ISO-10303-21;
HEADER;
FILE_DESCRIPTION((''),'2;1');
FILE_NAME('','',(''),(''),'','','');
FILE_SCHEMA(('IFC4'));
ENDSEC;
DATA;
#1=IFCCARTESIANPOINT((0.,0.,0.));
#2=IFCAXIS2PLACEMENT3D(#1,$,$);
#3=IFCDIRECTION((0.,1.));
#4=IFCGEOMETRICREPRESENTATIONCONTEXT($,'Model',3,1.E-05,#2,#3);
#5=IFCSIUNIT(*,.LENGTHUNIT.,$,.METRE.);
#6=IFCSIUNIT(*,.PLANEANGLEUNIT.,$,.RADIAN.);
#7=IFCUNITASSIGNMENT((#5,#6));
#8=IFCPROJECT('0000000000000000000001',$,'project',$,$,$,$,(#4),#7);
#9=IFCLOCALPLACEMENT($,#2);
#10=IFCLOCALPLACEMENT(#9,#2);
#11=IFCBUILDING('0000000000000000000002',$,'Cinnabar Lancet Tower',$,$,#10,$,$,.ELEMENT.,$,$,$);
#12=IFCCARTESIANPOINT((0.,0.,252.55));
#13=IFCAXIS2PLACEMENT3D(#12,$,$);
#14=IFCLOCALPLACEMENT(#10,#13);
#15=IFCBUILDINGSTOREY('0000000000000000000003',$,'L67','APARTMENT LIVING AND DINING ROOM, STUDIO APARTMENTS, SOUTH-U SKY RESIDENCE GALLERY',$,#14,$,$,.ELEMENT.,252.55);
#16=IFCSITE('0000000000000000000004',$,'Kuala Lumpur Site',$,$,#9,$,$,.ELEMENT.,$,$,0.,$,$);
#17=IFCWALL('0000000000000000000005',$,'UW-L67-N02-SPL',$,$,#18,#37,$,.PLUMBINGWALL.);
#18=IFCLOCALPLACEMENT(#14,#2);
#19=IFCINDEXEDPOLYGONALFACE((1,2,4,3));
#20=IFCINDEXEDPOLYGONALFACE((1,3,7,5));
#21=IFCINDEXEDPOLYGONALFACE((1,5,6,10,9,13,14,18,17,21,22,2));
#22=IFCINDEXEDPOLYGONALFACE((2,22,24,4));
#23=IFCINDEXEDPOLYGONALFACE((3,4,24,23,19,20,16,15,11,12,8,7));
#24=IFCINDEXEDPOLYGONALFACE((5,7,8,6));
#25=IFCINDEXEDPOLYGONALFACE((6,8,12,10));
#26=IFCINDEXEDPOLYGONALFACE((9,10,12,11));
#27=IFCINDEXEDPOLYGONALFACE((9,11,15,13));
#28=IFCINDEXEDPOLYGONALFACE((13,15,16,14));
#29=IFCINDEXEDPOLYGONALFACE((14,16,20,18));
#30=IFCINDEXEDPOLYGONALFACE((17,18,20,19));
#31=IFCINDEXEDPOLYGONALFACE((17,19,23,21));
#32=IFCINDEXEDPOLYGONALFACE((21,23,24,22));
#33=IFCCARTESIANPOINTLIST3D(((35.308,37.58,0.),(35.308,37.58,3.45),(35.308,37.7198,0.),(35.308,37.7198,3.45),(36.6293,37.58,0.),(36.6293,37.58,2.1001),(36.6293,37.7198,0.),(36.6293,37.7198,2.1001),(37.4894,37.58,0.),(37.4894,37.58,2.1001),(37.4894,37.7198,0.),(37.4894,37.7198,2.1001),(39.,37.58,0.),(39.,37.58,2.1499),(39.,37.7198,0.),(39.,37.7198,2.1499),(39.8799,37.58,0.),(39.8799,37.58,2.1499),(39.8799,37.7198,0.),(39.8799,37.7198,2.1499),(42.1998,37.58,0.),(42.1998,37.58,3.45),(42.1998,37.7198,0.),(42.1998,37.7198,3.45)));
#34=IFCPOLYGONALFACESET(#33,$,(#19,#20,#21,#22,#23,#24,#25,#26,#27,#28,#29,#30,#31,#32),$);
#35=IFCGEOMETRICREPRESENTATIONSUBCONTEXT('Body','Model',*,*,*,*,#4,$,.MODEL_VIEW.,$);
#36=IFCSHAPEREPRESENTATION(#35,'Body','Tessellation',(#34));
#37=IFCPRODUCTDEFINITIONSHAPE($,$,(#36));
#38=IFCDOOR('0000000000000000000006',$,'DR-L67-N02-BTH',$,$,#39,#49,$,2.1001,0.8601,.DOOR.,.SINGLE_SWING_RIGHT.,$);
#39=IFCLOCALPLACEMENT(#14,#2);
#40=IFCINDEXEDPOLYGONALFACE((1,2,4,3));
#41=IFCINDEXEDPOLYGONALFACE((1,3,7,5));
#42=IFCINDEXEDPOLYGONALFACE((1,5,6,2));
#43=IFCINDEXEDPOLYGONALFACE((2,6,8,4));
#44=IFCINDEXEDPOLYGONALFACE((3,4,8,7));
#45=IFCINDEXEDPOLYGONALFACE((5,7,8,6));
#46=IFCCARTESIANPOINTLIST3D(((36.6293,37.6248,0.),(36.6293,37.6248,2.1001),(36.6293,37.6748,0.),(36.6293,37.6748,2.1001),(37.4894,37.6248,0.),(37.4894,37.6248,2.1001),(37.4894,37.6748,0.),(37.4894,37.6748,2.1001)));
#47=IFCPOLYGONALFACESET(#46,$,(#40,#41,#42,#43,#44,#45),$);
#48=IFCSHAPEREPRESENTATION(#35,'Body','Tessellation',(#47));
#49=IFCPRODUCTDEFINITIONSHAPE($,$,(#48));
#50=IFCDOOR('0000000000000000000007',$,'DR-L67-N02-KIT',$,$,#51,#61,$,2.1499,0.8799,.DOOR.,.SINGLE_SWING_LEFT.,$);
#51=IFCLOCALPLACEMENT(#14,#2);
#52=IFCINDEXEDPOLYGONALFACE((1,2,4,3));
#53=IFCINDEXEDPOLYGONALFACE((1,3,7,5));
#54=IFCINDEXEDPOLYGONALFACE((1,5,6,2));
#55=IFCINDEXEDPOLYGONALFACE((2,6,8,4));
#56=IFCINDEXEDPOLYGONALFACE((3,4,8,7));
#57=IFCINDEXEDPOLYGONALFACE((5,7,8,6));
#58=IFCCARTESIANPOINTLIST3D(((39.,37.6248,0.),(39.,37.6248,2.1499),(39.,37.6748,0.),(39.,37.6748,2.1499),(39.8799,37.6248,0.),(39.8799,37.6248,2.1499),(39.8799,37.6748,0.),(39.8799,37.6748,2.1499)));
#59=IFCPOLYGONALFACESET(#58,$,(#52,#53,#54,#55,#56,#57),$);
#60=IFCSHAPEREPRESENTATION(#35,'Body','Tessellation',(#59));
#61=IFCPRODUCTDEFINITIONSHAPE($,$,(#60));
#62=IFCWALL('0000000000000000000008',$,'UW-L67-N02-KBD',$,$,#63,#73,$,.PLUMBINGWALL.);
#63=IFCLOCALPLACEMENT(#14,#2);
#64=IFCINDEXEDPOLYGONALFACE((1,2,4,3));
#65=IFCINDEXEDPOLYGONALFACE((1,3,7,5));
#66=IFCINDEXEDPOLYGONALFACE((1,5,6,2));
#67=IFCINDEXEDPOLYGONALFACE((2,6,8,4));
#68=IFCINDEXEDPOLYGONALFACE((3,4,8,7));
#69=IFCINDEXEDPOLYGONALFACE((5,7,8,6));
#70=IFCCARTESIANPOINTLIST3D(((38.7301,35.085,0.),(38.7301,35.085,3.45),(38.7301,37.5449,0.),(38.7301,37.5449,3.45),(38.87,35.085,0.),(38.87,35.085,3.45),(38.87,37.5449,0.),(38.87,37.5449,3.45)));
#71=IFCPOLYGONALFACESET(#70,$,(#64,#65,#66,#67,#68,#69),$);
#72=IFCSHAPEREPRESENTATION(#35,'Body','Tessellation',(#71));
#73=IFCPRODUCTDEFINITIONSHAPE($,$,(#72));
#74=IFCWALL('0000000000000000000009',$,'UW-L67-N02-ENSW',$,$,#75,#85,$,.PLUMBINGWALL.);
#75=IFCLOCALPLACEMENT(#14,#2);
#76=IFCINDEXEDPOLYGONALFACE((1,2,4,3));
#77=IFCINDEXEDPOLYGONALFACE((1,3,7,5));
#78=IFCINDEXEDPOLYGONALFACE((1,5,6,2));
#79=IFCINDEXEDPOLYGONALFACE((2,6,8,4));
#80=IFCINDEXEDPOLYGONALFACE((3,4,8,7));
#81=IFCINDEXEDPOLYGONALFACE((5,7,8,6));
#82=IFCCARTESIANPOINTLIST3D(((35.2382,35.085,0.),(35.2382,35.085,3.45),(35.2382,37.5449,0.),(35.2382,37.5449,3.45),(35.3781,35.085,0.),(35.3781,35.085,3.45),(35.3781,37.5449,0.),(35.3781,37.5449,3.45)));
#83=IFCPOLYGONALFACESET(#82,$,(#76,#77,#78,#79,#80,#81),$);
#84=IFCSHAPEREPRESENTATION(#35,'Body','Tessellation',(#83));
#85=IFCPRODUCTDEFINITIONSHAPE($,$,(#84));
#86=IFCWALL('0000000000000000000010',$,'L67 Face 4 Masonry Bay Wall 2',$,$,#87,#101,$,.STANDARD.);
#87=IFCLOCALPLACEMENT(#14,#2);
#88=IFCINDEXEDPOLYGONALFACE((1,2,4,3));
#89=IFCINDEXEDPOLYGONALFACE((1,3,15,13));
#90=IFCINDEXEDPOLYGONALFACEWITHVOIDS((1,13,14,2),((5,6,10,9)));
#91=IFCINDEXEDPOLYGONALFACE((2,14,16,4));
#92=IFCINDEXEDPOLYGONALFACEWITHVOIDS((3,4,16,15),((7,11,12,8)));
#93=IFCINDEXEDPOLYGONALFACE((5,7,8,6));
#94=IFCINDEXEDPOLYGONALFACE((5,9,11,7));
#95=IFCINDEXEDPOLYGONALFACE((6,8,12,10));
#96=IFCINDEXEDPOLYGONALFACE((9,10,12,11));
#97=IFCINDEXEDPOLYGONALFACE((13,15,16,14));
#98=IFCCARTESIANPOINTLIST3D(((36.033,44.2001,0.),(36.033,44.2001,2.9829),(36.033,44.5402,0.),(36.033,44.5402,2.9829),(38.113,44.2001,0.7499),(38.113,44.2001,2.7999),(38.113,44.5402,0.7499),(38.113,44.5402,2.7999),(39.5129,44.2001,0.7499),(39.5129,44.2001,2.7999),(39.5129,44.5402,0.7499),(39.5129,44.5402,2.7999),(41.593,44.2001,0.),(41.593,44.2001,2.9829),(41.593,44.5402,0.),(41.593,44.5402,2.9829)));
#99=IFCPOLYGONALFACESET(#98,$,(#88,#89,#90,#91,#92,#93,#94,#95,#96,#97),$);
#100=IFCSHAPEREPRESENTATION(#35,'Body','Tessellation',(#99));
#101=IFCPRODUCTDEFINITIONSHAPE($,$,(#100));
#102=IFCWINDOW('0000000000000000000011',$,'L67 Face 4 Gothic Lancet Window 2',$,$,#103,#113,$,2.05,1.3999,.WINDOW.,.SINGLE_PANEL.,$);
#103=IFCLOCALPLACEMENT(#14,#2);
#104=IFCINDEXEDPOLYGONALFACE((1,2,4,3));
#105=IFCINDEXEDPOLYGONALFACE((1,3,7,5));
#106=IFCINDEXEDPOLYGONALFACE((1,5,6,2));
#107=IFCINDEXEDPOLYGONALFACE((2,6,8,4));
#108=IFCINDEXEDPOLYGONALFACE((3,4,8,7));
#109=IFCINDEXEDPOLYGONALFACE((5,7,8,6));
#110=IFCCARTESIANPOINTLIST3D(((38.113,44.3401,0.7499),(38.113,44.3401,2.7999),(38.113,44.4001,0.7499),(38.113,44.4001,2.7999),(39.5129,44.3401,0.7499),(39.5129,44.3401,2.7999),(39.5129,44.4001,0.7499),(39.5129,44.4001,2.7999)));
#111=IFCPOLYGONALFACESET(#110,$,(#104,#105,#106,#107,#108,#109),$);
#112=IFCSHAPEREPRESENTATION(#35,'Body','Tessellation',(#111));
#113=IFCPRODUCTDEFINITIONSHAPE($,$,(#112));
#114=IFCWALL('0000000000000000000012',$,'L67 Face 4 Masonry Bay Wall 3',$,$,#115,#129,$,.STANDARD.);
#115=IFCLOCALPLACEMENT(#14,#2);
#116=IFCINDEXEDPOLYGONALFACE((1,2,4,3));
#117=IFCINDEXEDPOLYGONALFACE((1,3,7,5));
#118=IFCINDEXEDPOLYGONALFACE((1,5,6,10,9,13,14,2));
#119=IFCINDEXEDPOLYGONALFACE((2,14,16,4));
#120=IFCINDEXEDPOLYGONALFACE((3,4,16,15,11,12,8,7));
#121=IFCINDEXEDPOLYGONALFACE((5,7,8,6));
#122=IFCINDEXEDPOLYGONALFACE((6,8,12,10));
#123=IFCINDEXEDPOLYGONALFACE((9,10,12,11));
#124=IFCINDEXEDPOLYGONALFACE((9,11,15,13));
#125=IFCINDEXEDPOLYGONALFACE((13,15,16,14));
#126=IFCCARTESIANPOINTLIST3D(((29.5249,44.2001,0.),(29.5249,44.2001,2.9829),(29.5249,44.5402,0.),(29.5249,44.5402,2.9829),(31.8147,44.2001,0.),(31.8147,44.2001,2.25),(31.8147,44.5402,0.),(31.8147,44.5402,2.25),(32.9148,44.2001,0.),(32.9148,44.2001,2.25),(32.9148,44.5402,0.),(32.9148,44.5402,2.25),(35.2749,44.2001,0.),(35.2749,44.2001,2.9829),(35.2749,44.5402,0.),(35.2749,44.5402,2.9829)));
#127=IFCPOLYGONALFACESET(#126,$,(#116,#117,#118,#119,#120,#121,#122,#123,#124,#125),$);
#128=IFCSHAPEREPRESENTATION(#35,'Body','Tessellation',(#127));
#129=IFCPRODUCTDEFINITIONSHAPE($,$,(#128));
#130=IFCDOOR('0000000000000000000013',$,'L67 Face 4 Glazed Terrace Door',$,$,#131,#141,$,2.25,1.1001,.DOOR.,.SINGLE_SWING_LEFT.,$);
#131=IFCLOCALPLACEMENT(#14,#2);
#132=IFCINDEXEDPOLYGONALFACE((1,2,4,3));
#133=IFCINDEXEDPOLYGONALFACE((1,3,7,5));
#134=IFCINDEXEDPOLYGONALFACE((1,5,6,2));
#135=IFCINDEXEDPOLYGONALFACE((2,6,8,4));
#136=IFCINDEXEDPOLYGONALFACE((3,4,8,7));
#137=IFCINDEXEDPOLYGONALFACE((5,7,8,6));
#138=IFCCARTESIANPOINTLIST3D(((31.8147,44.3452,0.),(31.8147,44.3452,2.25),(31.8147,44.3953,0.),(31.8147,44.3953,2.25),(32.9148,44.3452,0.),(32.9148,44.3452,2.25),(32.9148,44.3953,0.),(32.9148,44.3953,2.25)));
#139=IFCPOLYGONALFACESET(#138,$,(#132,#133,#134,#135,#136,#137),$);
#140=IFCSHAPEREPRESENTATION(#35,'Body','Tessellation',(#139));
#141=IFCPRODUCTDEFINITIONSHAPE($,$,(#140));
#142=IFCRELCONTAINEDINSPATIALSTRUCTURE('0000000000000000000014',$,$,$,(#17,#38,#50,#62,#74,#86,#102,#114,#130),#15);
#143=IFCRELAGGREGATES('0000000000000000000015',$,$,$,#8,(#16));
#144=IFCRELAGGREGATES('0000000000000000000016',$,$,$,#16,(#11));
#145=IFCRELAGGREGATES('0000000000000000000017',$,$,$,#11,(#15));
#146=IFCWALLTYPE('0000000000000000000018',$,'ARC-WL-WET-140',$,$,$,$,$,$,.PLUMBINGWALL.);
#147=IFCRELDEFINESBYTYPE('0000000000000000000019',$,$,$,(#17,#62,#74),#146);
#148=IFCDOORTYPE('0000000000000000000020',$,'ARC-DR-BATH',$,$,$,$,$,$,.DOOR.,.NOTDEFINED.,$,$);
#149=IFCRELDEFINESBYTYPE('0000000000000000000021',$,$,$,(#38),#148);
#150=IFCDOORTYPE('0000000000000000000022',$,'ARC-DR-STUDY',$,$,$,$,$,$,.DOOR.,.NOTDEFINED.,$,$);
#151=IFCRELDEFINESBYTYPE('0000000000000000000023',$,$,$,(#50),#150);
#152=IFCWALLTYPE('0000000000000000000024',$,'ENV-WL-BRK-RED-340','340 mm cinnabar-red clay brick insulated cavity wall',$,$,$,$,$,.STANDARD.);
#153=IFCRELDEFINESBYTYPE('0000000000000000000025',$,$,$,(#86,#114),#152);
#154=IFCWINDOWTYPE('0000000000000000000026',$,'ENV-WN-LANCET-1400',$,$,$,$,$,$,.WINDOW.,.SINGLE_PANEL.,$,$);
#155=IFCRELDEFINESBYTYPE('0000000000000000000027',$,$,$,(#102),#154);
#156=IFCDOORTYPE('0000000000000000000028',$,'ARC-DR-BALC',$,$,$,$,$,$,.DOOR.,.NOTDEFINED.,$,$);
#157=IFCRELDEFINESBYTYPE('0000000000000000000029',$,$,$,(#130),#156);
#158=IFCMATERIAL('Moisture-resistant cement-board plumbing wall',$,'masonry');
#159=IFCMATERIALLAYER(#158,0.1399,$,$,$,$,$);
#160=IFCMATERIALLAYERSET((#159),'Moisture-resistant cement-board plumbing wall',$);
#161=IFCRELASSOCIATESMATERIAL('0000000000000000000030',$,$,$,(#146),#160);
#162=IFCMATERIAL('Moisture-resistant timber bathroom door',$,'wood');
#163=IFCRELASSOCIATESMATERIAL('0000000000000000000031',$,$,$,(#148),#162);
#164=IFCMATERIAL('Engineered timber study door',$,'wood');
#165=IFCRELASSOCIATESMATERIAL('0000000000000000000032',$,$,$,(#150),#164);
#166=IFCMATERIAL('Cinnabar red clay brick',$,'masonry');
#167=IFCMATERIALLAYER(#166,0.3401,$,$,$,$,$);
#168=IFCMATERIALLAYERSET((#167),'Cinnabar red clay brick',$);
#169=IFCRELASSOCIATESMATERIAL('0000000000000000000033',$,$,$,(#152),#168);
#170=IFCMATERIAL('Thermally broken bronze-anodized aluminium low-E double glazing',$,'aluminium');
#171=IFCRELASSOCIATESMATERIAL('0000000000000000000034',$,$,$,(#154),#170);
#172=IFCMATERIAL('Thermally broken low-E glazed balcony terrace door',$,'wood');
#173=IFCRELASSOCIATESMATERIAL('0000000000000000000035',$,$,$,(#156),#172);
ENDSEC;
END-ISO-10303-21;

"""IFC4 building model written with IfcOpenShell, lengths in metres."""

from ifc_helpers import new_model, si_unit, direction, frame, frame_2d, origin, place, context, subcontext, project, spatial, rectangle, extrude, material, layer, layer_set, type_object, element, fill, save


model = new_model("IFC4")

# Units and contexts
model_context = context("Model", 3, precision=1e-05, world=origin(), true_north=direction((0.0, 1.0)))
body_context = subcontext(model_context, "Body", "Model", "MODEL_VIEW")
ifc_project = project(units=[si_unit("LENGTHUNIT", "METRE"), si_unit("PLANEANGLEUNIT", "RADIAN")], contexts=[model_context])

# Site, building, storey
site_placement = place(None, origin())
site = spatial("IfcSite", under=ifc_project, at=site_placement, Name="Kuala Lumpur Site", CompositionType="ELEMENT", RefElevation=0.0)
building_placement = place(site_placement, origin())
building = spatial("IfcBuilding", under=site, at=building_placement, Name="Cinnabar Lancet Tower", CompositionType="ELEMENT")
storey_placement = place(building_placement, frame((0.0, 0.0, 252.55)))
storey = spatial("IfcBuildingStorey", under=building, at=storey_placement, Name="L67", Description="APARTMENT LIVING AND DINING ROOM, STUDIO APARTMENTS, SOUTH-U SKY RESIDENCE GALLERY", CompositionType="ELEMENT", Elevation=252.55)

# Wall, openings, doors
ifc_material_1 = material(Name="Moisture-resistant cement-board plumbing wall", Category="masonry")
ifc_layer_1 = layer(ifc_material_1, 0.1399)
ifc_layer_set_1 = layer_set([ifc_layer_1], Name="Moisture-resistant cement-board plumbing wall")
wall_type_1 = type_object("IfcWallType", Name="ARC-WL-WET-140", PredefinedType="PLUMBINGWALL", material=ifc_layer_set_1)
wall_1_placement = place(storey_placement, frame((35.3081, 37.6499, 0.0), z_axis=(0.0, 0.0, 1.0), x_axis=(1.0, 0.0, 0.0)))
wall_1 = element("IfcWall", 1, at=wall_1_placement, inside=storey, type_object=wall_type_1, Name="UW-L67-N02-SPL", PredefinedType="PLUMBINGWALL", context=body_context, shape_type="SweptSolid", body=[
    extrude(rectangle(XDim=6.8918, YDim=0.1399, at=frame_2d((3.4458, 0.0))), origin(), (0.0, 0.0, 1.0), 3.45),
])
opening_1_placement = place(wall_1_placement, frame((1.321, 0.0, 0.0)))
opening_1 = element("IfcOpeningElement", 2, at=opening_1_placement, cuts=wall_1, PredefinedType="OPENING", context=body_context, shape_type="SweptSolid", body=[
    extrude(rectangle(XDim=0.8601, YDim=2.1001, at=frame_2d((0.4302, 1.05))), frame((0.0, 0.0798, 0.0), z_axis=(0.0, -1.0, 0.0), x_axis=(1.0, 0.0, 0.0)), (0.0, 0.0, 1.0), 0.1599),
])
opening_2_placement = place(wall_1_placement, frame((3.6919, 0.0, 0.0)))
opening_2 = element("IfcOpeningElement", 3, at=opening_2_placement, cuts=wall_1, PredefinedType="OPENING", context=body_context, shape_type="SweptSolid", body=[
    extrude(rectangle(XDim=0.8799, YDim=2.1499, at=frame_2d((0.4399, 1.075))), frame((0.0, 0.0798, 0.0), z_axis=(0.0, -1.0, 0.0), x_axis=(1.0, 0.0, 0.0)), (0.0, 0.0, 1.0), 0.1599),
])
ifc_material_2 = material(Name="Moisture-resistant timber bathroom door", Category="wood")
door_type_1 = type_object("IfcDoorType", Name="ARC-DR-BATH", OperationType="NOTDEFINED", PredefinedType="DOOR", material=ifc_material_2)
door_1_placement = place(opening_1_placement, origin())
door_1 = element("IfcDoor", 4, at=door_1_placement, inside=storey, type_object=door_type_1, Name="DR-L67-N02-BTH", OperationType="SINGLE_SWING_RIGHT", OverallHeight=2.1001, OverallWidth=0.8601, PredefinedType="DOOR", context=body_context, shape_type="SweptSolid", body=[
    extrude(rectangle(XDim=0.8601, YDim=2.1001, at=frame_2d((0.4302, 1.05))), frame((0.0, 0.0249, 0.0), z_axis=(0.0, -1.0, 0.0), x_axis=(1.0, 0.0, 0.0)), (0.0, 0.0, 1.0), 0.05),
])
fill(opening_1, door_1)
ifc_material_3 = material(Name="Engineered timber study door", Category="wood")
door_type_2 = type_object("IfcDoorType", Name="ARC-DR-STUDY", OperationType="NOTDEFINED", PredefinedType="DOOR", material=ifc_material_3)
door_2_placement = place(opening_2_placement, origin())
door_2 = element("IfcDoor", 5, at=door_2_placement, inside=storey, type_object=door_type_2, Name="DR-L67-N02-KIT", OperationType="SINGLE_SWING_LEFT", OverallHeight=2.1499, OverallWidth=0.8799, PredefinedType="DOOR", context=body_context, shape_type="SweptSolid", body=[
    extrude(rectangle(XDim=0.8799, YDim=2.1499, at=frame_2d((0.4399, 1.075))), frame((0.0, 0.0249, 0.0), z_axis=(0.0, -1.0, 0.0), x_axis=(1.0, 0.0, 0.0)), (0.0, 0.0, 1.0), 0.05),
])
fill(opening_2, door_2)

# Walls
for number, where, z_axis, x_axis, name in (
    (6, (38.8, 35.085, 0.0), (0.0, 0.0, 1.0), (0.0, 1.0, 0.0), "UW-L67-N02-KBD"),
    (7, (35.3081, 35.085, 0.0), (0.0, 0.0, 1.0), (0.0, 1.0, 0.0), "UW-L67-N02-ENSW"),
):
    element("IfcWall", number, at=place(storey_placement, frame(where, z_axis=z_axis, x_axis=x_axis)), inside=storey, type_object=wall_type_1, Name=name, PredefinedType="PLUMBINGWALL", context=body_context, shape_type="SweptSolid", body=[
        extrude(rectangle(XDim=2.46, YDim=0.1399, at=frame_2d((1.23, 0.0))), origin(), (0.0, 0.0, 1.0), 3.45),
    ])

# Wall, opening, window
ifc_material_4 = material(Name="Cinnabar red clay brick", Category="masonry")
ifc_layer_2 = layer(ifc_material_4, 0.3401)
ifc_layer_set_2 = layer_set([ifc_layer_2], Name="Cinnabar red clay brick")
wall_type_2 = type_object("IfcWallType", Name="ENV-WL-BRK-RED-340", Description="340 mm cinnabar-red clay brick insulated cavity wall", PredefinedType="STANDARD", material=ifc_layer_set_2)
wall_2_placement = place(storey_placement, frame((41.593, 44.3701, 0.0), z_axis=(0.0, 0.0, 1.0), x_axis=(-1.0, 0.0, 0.0)))
wall_2 = element("IfcWall", 8, at=wall_2_placement, inside=storey, type_object=wall_type_2, Name="L67 Face 4 Masonry Bay Wall 2", PredefinedType="STANDARD", context=body_context, shape_type="SweptSolid", body=[
    extrude(rectangle(XDim=5.5601, YDim=0.3401, at=frame_2d((2.78, 0.0))), origin(), (0.0, 0.0, 1.0), 2.9829),
])
opening_3_placement = place(wall_2_placement, frame((2.0801, 0.0, 0.75)))
opening_3 = element("IfcOpeningElement", 9, at=opening_3_placement, cuts=wall_2, PredefinedType="OPENING", context=body_context, shape_type="SweptSolid", body=[
    extrude(rectangle(XDim=1.3999, YDim=2.05, at=frame_2d((0.7, 1.0249))), frame((0.0, 0.1799, 0.0), z_axis=(0.0, -1.0, 0.0), x_axis=(1.0, 0.0, 0.0)), (0.0, 0.0, 1.0), 0.3601),
])
ifc_material_5 = material(Name="Thermally broken bronze-anodized aluminium low-E double glazing", Category="aluminium")
window_type = type_object("IfcWindowType", Name="ENV-WN-LANCET-1400", PartitioningType="SINGLE_PANEL", PredefinedType="WINDOW", material=ifc_material_5)
window_placement = place(opening_3_placement, origin())
window = element("IfcWindow", 10, at=window_placement, inside=storey, type_object=window_type, Name="L67 Face 4 Gothic Lancet Window 2", OverallHeight=2.05, OverallWidth=1.3999, PartitioningType="SINGLE_PANEL", PredefinedType="WINDOW", context=body_context, shape_type="SweptSolid", body=[
    extrude(rectangle(XDim=1.3999, YDim=2.05, at=frame_2d((0.7, 1.0249))), frame((0.0, 0.03, 0.0), z_axis=(0.0, -1.0, 0.0), x_axis=(1.0, 0.0, 0.0)), (0.0, 0.0, 1.0), 0.0601),
])
fill(opening_3, window)

# Wall, opening, door
wall_3_placement = place(storey_placement, frame((35.2749, 44.3701, 0.0), z_axis=(0.0, 0.0, 1.0), x_axis=(-1.0, 0.0, 0.0)))
wall_3 = element("IfcWall", 11, at=wall_3_placement, inside=storey, type_object=wall_type_2, Name="L67 Face 4 Masonry Bay Wall 3", PredefinedType="STANDARD", context=body_context, shape_type="SweptSolid", body=[
    extrude(rectangle(XDim=5.75, YDim=0.3401, at=frame_2d((2.875, 0.0))), origin(), (0.0, 0.0, 1.0), 2.9829),
])
opening_4_placement = place(wall_3_placement, frame((2.3601, 0.0, 0.0)))
opening_4 = element("IfcOpeningElement", 12, at=opening_4_placement, cuts=wall_3, PredefinedType="OPENING", context=body_context, shape_type="SweptSolid", body=[
    extrude(rectangle(XDim=1.1001, YDim=2.25, at=frame_2d((0.55, 1.125))), frame((0.0, 0.1799, 0.0), z_axis=(0.0, -1.0, 0.0), x_axis=(1.0, 0.0, 0.0)), (0.0, 0.0, 1.0), 0.3601),
])
ifc_material_6 = material(Name="Thermally broken low-E glazed balcony terrace door", Category="wood")
door_type_3 = type_object("IfcDoorType", Name="ARC-DR-BALC", OperationType="NOTDEFINED", PredefinedType="DOOR", material=ifc_material_6)
door_3_placement = place(opening_4_placement, origin())
door_3 = element("IfcDoor", 13, at=door_3_placement, inside=storey, type_object=door_type_3, Name="L67 Face 4 Glazed Terrace Door", OperationType="SINGLE_SWING_LEFT", OverallHeight=2.25, OverallWidth=1.1001, PredefinedType="DOOR", context=body_context, shape_type="SweptSolid", body=[
    extrude(rectangle(XDim=1.1001, YDim=2.25, at=frame_2d((0.55, 1.125))), frame((0.0, 0.0249, 0.0), z_axis=(0.0, -1.0, 0.0), x_axis=(1.0, 0.0, 0.0)), (0.0, 0.0, 1.0), 0.05),
])
fill(opening_4, door_3)

save(model, "model.ifc")
